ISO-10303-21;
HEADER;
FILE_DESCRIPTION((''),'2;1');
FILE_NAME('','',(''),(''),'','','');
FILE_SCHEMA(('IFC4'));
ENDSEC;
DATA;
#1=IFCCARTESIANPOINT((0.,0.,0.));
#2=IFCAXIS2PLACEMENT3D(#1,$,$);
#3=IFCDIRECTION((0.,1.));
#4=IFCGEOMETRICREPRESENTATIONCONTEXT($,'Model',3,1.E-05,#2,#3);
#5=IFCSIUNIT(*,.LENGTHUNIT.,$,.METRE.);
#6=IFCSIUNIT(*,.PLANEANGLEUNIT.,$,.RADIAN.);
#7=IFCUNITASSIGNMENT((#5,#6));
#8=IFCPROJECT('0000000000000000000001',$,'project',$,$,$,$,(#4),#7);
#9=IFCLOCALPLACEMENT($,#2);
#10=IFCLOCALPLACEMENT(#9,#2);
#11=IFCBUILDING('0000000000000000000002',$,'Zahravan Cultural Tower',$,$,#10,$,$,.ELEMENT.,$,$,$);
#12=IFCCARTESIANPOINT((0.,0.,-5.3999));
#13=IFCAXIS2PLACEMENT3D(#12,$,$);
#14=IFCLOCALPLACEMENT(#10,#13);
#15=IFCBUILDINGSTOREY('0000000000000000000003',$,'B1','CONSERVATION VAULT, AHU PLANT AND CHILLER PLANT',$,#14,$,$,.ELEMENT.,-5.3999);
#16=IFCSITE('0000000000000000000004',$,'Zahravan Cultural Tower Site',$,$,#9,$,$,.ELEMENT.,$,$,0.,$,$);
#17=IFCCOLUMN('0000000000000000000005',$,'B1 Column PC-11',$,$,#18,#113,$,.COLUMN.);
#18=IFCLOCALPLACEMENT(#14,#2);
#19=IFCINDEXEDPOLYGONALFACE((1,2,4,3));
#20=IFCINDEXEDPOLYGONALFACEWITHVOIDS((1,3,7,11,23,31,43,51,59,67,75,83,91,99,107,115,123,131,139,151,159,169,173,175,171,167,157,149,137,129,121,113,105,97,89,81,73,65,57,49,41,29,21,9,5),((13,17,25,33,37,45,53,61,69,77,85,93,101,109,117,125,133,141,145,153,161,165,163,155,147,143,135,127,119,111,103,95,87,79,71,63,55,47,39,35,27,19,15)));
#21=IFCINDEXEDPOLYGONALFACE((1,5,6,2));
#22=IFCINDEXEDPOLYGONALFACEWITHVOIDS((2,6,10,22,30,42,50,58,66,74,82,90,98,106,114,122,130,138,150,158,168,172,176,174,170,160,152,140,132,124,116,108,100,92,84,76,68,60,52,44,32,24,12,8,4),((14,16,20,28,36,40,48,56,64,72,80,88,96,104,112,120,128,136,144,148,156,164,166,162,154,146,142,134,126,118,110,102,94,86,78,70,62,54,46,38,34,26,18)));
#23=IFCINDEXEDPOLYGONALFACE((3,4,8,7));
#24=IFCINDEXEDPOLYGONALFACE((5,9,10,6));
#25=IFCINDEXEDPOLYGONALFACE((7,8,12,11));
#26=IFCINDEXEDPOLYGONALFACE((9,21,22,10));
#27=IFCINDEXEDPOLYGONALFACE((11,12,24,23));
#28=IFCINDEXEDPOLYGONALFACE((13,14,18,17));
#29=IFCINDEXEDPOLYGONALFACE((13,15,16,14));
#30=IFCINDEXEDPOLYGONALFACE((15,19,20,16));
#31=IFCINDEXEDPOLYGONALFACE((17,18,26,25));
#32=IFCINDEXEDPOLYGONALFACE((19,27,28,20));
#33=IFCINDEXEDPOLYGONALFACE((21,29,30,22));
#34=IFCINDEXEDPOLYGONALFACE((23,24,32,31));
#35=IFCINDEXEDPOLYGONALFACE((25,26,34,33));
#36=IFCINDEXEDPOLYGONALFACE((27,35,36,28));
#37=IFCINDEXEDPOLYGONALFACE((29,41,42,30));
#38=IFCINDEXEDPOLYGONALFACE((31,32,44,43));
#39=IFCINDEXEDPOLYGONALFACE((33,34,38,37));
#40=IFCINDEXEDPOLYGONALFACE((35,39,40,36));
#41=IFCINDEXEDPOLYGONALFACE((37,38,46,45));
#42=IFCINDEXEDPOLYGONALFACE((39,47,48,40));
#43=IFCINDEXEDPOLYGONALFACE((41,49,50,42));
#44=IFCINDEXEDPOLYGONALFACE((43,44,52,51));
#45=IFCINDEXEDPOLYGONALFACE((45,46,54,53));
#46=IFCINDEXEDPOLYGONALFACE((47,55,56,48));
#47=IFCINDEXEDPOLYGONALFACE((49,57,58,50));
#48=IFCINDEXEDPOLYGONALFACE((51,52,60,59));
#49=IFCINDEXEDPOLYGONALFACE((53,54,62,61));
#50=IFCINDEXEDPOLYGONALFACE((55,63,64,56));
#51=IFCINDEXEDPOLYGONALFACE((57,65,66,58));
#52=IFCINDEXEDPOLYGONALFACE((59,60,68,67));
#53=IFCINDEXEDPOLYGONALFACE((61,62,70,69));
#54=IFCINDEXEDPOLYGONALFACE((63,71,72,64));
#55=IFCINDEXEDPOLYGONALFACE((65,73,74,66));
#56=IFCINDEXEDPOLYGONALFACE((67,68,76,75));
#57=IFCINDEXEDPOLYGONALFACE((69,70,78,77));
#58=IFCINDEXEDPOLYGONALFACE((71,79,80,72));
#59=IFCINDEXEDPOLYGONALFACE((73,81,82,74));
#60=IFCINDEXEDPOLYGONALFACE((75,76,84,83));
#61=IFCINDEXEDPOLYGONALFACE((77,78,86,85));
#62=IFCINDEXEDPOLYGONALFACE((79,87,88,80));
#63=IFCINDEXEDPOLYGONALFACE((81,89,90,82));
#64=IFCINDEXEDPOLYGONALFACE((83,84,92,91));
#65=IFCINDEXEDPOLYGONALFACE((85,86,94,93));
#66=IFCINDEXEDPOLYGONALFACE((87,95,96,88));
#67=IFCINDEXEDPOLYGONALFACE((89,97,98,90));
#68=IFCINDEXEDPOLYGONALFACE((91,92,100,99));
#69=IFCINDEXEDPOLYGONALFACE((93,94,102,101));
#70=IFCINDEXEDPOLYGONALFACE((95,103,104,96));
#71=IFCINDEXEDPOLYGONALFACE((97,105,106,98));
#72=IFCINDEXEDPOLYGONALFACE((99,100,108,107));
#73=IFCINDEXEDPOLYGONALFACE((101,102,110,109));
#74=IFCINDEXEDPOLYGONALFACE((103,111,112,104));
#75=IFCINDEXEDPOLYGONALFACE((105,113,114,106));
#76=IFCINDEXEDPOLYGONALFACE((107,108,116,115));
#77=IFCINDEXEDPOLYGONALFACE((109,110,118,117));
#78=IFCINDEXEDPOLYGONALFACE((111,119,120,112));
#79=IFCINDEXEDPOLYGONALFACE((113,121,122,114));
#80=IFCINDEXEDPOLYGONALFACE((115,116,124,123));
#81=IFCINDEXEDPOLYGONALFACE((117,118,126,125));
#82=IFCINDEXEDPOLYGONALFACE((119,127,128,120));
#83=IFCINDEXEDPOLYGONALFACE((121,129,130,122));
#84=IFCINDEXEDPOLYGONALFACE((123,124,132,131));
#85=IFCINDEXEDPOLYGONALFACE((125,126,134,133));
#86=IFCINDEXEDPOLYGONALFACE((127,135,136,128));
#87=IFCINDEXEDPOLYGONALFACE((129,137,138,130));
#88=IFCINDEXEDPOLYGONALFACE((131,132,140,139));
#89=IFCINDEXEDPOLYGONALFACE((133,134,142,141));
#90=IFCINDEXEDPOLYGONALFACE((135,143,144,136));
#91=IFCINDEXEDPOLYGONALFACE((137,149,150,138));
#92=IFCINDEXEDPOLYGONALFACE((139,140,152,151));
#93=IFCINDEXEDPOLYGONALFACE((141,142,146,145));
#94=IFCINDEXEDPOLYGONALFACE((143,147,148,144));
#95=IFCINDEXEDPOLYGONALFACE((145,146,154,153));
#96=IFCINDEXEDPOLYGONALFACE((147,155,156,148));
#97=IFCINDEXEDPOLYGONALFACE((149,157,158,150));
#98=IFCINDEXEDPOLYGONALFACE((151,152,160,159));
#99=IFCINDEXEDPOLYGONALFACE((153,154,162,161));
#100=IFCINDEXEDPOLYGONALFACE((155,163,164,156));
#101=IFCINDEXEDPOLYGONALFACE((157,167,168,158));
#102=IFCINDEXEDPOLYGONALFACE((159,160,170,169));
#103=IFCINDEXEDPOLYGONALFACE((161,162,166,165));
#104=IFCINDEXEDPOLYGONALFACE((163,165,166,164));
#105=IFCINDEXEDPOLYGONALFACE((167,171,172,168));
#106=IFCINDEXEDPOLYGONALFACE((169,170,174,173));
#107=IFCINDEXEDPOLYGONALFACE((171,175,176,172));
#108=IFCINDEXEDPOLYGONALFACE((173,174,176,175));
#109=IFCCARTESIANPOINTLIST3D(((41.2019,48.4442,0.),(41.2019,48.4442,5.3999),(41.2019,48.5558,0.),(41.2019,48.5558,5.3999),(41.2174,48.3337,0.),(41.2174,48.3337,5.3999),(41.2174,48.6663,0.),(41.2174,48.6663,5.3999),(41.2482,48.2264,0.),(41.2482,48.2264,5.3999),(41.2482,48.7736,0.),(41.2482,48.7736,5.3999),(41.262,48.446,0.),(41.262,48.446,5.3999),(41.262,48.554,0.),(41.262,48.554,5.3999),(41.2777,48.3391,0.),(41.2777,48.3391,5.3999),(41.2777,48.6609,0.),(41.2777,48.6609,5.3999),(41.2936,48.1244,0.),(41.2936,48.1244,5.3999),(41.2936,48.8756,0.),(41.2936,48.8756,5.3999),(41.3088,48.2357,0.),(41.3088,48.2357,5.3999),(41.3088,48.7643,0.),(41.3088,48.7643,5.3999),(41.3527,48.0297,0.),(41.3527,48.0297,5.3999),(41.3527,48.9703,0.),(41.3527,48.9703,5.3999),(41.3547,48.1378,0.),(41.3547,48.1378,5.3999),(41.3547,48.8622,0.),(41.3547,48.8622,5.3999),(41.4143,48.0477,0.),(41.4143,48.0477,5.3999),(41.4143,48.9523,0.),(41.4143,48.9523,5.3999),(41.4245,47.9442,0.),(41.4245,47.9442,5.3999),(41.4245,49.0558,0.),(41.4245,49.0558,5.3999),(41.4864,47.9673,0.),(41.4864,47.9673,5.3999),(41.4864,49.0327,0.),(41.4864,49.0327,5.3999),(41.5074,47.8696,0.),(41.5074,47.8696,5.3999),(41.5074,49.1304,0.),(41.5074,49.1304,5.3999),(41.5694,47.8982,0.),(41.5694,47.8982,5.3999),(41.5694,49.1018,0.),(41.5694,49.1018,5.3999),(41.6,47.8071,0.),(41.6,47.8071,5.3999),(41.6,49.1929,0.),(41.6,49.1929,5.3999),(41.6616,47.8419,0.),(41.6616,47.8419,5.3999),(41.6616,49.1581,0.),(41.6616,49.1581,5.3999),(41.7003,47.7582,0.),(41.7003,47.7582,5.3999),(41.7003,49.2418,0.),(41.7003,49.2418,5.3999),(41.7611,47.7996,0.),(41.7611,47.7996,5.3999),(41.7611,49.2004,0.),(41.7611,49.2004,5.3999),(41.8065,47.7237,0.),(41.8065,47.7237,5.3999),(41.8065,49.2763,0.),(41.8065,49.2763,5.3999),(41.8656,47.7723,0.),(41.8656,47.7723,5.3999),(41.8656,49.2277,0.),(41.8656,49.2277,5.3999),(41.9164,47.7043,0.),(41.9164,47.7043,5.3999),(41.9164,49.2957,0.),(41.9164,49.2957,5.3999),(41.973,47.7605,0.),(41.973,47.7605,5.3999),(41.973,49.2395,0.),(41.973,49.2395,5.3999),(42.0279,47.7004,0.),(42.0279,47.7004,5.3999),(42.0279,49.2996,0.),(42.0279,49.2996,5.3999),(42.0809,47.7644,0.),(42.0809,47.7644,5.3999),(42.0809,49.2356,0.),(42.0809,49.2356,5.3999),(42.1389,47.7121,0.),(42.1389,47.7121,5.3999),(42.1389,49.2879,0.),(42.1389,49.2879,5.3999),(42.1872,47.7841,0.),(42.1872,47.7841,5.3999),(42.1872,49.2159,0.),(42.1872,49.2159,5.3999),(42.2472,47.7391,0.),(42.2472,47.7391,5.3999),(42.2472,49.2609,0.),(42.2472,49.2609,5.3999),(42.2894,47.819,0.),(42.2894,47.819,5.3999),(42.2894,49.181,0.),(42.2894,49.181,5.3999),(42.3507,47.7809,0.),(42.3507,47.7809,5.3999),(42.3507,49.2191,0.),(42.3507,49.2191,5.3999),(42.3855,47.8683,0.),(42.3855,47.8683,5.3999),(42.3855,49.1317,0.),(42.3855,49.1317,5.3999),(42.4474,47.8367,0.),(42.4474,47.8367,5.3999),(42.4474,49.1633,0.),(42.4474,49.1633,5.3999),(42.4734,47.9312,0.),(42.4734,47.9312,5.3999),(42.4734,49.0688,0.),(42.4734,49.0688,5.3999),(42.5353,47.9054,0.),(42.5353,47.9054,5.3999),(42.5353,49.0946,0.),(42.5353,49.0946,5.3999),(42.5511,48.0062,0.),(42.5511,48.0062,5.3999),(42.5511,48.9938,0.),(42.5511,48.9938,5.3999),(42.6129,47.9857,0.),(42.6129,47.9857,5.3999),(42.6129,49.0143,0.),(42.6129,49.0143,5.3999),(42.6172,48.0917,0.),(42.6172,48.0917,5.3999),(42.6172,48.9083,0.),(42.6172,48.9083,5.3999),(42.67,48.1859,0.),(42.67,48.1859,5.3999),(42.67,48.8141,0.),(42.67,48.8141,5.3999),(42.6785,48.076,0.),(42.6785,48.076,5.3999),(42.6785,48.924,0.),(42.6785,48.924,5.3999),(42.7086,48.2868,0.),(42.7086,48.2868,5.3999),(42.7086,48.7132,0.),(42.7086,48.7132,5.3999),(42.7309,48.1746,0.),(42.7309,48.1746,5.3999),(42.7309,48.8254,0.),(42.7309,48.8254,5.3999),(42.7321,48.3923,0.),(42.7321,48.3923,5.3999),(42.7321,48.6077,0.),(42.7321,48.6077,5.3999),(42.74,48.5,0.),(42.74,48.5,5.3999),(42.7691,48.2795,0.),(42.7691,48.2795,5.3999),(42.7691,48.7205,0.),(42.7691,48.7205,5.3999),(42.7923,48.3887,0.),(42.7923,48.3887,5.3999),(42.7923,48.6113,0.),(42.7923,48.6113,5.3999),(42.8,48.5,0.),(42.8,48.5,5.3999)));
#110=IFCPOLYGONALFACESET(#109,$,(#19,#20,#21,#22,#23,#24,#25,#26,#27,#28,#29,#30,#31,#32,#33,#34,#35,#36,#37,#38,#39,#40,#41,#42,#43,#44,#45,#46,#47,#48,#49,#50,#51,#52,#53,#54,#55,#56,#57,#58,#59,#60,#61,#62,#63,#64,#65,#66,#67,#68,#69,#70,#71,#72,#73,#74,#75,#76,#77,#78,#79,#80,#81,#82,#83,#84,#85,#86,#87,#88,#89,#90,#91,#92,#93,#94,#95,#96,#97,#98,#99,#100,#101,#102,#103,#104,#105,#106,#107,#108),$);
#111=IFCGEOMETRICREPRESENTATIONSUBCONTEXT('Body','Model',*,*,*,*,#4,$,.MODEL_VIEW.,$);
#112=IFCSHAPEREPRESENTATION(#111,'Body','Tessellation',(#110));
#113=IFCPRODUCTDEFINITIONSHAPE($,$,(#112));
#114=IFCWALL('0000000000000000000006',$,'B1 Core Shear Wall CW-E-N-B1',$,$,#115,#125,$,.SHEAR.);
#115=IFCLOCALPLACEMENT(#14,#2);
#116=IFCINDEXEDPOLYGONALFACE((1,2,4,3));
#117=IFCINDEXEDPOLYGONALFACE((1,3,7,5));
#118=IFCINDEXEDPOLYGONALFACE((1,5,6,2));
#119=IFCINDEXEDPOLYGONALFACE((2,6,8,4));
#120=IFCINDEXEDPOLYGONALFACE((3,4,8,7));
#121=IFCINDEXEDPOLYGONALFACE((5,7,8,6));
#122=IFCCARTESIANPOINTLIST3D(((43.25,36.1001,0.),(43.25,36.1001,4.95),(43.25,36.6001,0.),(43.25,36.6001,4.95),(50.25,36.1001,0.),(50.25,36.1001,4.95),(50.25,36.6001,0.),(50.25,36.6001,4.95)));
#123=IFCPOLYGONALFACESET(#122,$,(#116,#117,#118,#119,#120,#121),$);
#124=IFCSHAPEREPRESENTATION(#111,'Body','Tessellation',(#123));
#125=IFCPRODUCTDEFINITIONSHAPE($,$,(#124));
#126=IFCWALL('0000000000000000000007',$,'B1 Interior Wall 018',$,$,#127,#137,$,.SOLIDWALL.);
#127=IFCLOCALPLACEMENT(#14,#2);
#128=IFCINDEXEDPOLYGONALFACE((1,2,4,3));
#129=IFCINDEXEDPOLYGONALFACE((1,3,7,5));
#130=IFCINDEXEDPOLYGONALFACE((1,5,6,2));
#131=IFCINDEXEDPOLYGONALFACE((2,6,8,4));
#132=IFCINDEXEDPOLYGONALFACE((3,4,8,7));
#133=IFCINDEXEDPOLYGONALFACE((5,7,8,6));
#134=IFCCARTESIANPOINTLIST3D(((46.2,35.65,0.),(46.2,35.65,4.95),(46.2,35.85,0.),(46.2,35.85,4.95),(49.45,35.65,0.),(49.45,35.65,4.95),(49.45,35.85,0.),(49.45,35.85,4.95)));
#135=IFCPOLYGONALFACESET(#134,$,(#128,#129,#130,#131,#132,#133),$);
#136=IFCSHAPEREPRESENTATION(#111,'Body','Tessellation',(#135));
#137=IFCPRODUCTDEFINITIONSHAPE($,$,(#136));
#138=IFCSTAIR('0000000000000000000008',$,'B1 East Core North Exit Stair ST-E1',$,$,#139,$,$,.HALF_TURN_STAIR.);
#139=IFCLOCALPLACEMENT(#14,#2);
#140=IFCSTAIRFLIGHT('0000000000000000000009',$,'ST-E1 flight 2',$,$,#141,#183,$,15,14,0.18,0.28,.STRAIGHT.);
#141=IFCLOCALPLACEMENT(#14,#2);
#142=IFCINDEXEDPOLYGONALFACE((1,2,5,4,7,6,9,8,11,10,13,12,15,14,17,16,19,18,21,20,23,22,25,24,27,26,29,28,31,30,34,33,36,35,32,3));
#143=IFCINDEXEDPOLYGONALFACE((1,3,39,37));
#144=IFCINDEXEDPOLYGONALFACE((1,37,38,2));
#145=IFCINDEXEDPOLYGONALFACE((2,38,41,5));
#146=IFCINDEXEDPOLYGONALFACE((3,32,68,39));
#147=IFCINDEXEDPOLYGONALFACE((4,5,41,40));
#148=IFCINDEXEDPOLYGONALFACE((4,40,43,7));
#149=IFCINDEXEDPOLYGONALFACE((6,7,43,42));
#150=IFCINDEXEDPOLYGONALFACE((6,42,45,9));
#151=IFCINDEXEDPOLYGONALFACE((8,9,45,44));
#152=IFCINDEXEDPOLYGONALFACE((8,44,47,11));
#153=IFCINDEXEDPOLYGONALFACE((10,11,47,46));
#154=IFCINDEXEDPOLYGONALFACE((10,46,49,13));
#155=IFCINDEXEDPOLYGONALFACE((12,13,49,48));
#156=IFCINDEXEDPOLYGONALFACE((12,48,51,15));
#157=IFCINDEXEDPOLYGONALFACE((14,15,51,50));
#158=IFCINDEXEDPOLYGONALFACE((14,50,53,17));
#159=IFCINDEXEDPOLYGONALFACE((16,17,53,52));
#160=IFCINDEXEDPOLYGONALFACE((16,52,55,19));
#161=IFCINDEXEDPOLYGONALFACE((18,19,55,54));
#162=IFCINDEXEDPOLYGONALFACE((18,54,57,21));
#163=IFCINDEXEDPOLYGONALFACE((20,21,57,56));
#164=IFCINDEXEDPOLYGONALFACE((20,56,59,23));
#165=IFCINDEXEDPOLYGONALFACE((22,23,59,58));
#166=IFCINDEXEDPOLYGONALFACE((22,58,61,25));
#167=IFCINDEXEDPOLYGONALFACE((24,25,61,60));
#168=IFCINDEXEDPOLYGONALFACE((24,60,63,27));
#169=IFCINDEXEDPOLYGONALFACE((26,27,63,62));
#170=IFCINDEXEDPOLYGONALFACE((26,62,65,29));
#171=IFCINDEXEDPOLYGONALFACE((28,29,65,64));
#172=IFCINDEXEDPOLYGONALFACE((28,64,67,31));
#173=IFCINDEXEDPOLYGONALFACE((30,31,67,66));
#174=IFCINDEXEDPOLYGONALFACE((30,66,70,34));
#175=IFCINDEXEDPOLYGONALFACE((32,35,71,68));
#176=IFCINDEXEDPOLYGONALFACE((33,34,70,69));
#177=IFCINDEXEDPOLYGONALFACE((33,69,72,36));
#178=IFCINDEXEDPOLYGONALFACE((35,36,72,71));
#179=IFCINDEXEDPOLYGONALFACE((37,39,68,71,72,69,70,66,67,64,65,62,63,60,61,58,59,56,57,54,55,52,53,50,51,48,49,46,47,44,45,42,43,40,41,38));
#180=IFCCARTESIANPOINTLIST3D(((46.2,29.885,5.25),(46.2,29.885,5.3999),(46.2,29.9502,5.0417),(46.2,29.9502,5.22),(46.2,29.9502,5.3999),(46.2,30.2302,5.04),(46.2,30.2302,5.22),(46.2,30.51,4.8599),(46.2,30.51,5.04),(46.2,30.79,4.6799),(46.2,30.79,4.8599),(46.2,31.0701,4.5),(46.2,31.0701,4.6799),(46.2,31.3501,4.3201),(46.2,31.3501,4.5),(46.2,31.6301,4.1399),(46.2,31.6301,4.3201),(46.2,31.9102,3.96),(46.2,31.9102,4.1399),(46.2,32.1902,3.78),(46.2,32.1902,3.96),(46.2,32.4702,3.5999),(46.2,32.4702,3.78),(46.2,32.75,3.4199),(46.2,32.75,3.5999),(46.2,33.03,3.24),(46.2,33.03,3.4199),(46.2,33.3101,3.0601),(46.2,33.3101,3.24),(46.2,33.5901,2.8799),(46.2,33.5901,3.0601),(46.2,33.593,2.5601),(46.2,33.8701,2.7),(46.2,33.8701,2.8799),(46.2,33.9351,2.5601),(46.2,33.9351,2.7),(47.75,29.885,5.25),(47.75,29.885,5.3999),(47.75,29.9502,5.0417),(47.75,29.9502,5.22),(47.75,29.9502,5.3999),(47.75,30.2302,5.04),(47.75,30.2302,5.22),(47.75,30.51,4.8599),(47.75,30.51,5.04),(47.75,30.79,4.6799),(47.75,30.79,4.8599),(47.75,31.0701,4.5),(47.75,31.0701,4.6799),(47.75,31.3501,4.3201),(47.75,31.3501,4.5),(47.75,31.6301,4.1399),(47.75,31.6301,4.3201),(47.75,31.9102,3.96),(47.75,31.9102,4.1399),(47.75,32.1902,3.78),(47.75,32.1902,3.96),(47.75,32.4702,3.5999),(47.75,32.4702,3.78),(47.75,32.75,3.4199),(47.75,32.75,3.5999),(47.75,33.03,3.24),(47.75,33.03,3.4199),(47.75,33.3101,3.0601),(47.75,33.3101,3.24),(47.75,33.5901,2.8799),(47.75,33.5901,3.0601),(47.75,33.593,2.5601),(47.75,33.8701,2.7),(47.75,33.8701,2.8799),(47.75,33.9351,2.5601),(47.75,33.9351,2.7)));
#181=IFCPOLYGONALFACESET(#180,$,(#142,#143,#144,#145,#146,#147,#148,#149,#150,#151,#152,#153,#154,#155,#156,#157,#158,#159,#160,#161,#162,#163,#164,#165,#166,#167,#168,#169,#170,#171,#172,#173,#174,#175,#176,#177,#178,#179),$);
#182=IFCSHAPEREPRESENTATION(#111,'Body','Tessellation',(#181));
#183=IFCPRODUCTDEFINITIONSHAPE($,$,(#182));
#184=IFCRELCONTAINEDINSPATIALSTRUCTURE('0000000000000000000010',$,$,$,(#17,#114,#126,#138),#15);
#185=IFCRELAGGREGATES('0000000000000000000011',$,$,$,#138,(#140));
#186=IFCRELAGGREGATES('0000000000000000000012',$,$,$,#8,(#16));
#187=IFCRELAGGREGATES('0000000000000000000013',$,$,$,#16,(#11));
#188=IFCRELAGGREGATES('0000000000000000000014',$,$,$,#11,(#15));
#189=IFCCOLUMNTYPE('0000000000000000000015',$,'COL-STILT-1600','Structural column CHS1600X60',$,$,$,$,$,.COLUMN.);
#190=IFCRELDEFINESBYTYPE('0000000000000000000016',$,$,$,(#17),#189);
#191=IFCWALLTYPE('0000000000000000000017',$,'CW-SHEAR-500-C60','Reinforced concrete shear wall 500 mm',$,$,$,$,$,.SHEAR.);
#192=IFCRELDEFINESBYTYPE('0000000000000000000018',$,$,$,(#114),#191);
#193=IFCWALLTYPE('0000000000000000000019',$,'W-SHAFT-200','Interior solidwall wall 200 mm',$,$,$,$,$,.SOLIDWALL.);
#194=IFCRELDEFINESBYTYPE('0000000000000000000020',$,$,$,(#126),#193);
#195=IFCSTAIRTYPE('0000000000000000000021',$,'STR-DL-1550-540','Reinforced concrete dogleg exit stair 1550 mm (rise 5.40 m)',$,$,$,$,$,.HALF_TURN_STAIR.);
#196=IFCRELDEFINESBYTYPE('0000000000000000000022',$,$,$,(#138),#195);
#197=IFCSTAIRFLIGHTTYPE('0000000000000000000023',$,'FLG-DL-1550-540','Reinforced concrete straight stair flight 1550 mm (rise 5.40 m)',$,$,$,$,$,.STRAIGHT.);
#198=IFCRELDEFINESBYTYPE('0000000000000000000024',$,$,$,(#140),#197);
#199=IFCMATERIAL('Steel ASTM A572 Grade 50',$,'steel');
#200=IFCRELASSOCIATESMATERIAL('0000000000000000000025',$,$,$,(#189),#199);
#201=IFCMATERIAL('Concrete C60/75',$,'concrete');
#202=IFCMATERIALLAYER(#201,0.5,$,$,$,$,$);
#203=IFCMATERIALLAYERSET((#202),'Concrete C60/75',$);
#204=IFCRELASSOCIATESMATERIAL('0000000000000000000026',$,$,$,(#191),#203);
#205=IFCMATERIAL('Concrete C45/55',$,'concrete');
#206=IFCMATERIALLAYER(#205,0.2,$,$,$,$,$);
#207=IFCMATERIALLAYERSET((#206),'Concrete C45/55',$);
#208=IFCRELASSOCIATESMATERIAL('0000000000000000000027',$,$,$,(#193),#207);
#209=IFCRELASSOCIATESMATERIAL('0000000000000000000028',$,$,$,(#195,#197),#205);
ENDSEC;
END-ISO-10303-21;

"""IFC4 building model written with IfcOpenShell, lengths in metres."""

from ifc_helpers import new_model, si_unit, direction, frame, frame_2d, origin, origin_2d, place, context, subcontext, project, spatial, polyline, rectangle, hollow_circle, outline, extrude, source, transform, mapped, material, layer, layer_set, material_profile, profile_set, type_object, element, aggregate, save


model = new_model("IFC4")

# Units and contexts
model_context = context("Model", 3, precision=1e-05, world=origin(), true_north=direction((0.0, 1.0)))
body_context = subcontext(model_context, "Body", "Model", "MODEL_VIEW")
ifc_project = project(units=[si_unit("LENGTHUNIT", "METRE"), si_unit("PLANEANGLEUNIT", "RADIAN")], contexts=[model_context])

# Site, building, storey
site_placement = place(None, origin())
site = spatial("IfcSite", under=ifc_project, at=site_placement, Name="Zahravan Cultural Tower Site", CompositionType="ELEMENT", RefElevation=0.0)
building_placement = place(site_placement, origin())
building = spatial("IfcBuilding", under=site, at=building_placement, Name="Zahravan Cultural Tower", CompositionType="ELEMENT")
storey_placement = place(building_placement, frame((0.0, 0.0, -5.3999)))
storey = spatial("IfcBuildingStorey", under=building, at=storey_placement, Name="B1", Description="CONSERVATION VAULT, AHU PLANT AND CHILLER PLANT", CompositionType="ELEMENT", Elevation=-5.3999)

# Shared definitions
ifc_material_1 = material(Name="Concrete C45/55", Category="concrete")

# Column
ifc_material_2 = material(Name="Concrete C60/75", Category="concrete")
ifc_material_3 = material(Name="Steel ASTM A572 Grade 50", Category="steel")
ifc_material_profile_1 = material_profile(ifc_material_3, hollow_circle(Radius=0.8, WallThickness=0.0601, at=origin_2d()), Name="CHS1600X60")
ifc_profile_set_1 = profile_set([ifc_material_profile_1], Name="Steel ASTM A572 Grade 50")
column_type_1 = type_object("IfcColumnType", Name="COL-STILT-1600", Description="Structural column CHS1600X60", PredefinedType="COLUMN", material=ifc_profile_set_1)
shared_shape_1 = source(origin(), body_context, "Body", "SweptSolid", [
    extrude(hollow_circle(Radius=0.8, WallThickness=0.0601, at=origin_2d()), origin(), (0.0, 0.0, 1.0), 5.3999),
])
column_1_placement = place(storey_placement, frame((42.0, 48.5, 0.0), z_axis=(0.0, 0.0, 1.0), x_axis=(1.0, 0.0, 0.0)))
element("IfcColumn", 1, at=column_1_placement, inside=storey, type_object=column_type_1, Name="B1 Column PC-11", PredefinedType="COLUMN", context=body_context, shape_type="MappedRepresentation", body=[
    mapped(shared_shape_1, transform((0.0, 0.0, 0.0), x_axis=(1.0, 0.0, 0.0), y_axis=(0.0, 1.0, 0.0), z_axis=(0.0, 0.0, 1.0), scale=1.0)),
])

# Walls
ifc_layer_1 = layer(ifc_material_2, 0.5)
ifc_layer_set_1 = layer_set([ifc_layer_1], Name="Concrete C60/75")
wall_type_1 = type_object("IfcWallType", Name="CW-SHEAR-500-C60", Description="Reinforced concrete shear wall 500 mm", PredefinedType="SHEAR", material=ifc_layer_set_1)
shared_shape_2 = source(origin(), body_context, "Body", "SweptSolid", [
    extrude(rectangle(XDim=7.0, YDim=0.5, at=frame_2d((3.5, 0.0))), origin(), (0.0, 0.0, 1.0), 4.95),
])
wall_1_placement = place(storey_placement, frame((43.25, 36.3501, 0.0), z_axis=(0.0, 0.0, 1.0), x_axis=(1.0, 0.0, 0.0)))
element("IfcWall", 2, at=wall_1_placement, inside=storey, type_object=wall_type_1, Name="B1 Core Shear Wall CW-E-N-B1", PredefinedType="SHEAR", context=body_context, shape_type="MappedRepresentation", body=[
    mapped(shared_shape_2, transform((0.0, 0.0, 0.0), x_axis=(1.0, 0.0, 0.0), y_axis=(0.0, 1.0, 0.0), z_axis=(0.0, 0.0, 1.0), scale=1.0)),
])
ifc_layer_2 = layer(ifc_material_1, 0.2)
ifc_layer_set_2 = layer_set([ifc_layer_2], Name="Concrete C45/55")
wall_type_2 = type_object("IfcWallType", Name="W-SHAFT-200", Description="Interior solidwall wall 200 mm", PredefinedType="SOLIDWALL", material=ifc_layer_set_2)
shared_shape_3 = source(origin(), body_context, "Body", "SweptSolid", [
    extrude(rectangle(XDim=3.25, YDim=0.2, at=frame_2d((1.625, 0.0))), origin(), (0.0, 0.0, 1.0), 4.95),
])
wall_2_placement = place(storey_placement, frame((46.2, 35.75, 0.0), z_axis=(0.0, 0.0, 1.0), x_axis=(1.0, 0.0, 0.0)))
element("IfcWall", 3, at=wall_2_placement, inside=storey, type_object=wall_type_2, Name="B1 Interior Wall 018", PredefinedType="SOLIDWALL", context=body_context, shape_type="MappedRepresentation", body=[
    mapped(shared_shape_3, transform((0.0, 0.0, 0.0), x_axis=(1.0, 0.0, 0.0), y_axis=(0.0, 1.0, 0.0), z_axis=(0.0, 0.0, 1.0), scale=1.0)),
])

# Stair, stair flight
stair_type = type_object("IfcStairType", Name="STR-DL-1550-540", Description="Reinforced concrete dogleg exit stair 1550 mm (rise 5.40 m)", PredefinedType="HALF_TURN_STAIR", material=ifc_material_1)
stair_placement = place(storey_placement, origin())
stair = element("IfcStair", 4, at=stair_placement, inside=storey, type_object=stair_type, Name="B1 East Core North Exit Stair ST-E1", PredefinedType="HALF_TURN_STAIR")
stair_flight_type = type_object("IfcStairFlightType", Name="FLG-DL-1550-540", Description="Reinforced concrete straight stair flight 1550 mm (rise 5.40 m)", PredefinedType="STRAIGHT", material=ifc_material_1)
stair_flight_placement = place(storey_placement, frame((46.9751, 33.8701, 2.7), z_axis=(0.0, 0.0, 1.0), x_axis=(0.0, -1.0, 0.0)))
stair_flight = element("IfcStairFlight", 5, at=stair_flight_placement, type_object=stair_flight_type, Name="ST-E1 flight 2", NumberOfRisers=15, NumberOfTreads=14, PredefinedType="STRAIGHT", RiserHeight=0.18, TreadLength=0.28, context=body_context, shape_type="SweptSolid", body=[
    extrude(outline(polyline([(-0.0649, -0.1399), (-0.0649, 0.0), (0.0, 0.0), (0.0, 0.1799), (0.28, 0.1799), (0.28, 0.3601), (0.5601, 0.3601), (0.5601, 0.54), (0.8401, 0.54), (0.8401, 0.72), (1.1201, 0.72), (1.1201, 0.8999), (1.3999, 0.8999), (1.3999, 1.0801), (1.6799, 1.0801), (1.6799, 1.26), (1.96, 1.26), (1.96, 1.4399), (2.24, 1.4399), (2.24, 1.6201), (2.52, 1.6201), (2.52, 1.8), (2.8, 1.8), (2.8, 1.98), (3.0801, 1.98), (3.0801, 2.1599), (3.3601, 2.1599), (3.3601, 2.3401), (3.6399, 2.3401), (3.6399, 2.52), (3.9199, 2.52), (3.9199, 2.7), (3.9851, 2.7), (3.9851, 2.55), (3.9199, 2.3418), (0.2771, -0.1399), (-0.0649, -0.1399)])), frame((0.0, 0.7749, 0.0), z_axis=(0.0, -1.0, 0.0), x_axis=(1.0, 0.0, 0.0)), (0.0, 0.0, 1.0), 1.55),
])
aggregate(stair, [stair_flight])

save(model, "model.ifc")
